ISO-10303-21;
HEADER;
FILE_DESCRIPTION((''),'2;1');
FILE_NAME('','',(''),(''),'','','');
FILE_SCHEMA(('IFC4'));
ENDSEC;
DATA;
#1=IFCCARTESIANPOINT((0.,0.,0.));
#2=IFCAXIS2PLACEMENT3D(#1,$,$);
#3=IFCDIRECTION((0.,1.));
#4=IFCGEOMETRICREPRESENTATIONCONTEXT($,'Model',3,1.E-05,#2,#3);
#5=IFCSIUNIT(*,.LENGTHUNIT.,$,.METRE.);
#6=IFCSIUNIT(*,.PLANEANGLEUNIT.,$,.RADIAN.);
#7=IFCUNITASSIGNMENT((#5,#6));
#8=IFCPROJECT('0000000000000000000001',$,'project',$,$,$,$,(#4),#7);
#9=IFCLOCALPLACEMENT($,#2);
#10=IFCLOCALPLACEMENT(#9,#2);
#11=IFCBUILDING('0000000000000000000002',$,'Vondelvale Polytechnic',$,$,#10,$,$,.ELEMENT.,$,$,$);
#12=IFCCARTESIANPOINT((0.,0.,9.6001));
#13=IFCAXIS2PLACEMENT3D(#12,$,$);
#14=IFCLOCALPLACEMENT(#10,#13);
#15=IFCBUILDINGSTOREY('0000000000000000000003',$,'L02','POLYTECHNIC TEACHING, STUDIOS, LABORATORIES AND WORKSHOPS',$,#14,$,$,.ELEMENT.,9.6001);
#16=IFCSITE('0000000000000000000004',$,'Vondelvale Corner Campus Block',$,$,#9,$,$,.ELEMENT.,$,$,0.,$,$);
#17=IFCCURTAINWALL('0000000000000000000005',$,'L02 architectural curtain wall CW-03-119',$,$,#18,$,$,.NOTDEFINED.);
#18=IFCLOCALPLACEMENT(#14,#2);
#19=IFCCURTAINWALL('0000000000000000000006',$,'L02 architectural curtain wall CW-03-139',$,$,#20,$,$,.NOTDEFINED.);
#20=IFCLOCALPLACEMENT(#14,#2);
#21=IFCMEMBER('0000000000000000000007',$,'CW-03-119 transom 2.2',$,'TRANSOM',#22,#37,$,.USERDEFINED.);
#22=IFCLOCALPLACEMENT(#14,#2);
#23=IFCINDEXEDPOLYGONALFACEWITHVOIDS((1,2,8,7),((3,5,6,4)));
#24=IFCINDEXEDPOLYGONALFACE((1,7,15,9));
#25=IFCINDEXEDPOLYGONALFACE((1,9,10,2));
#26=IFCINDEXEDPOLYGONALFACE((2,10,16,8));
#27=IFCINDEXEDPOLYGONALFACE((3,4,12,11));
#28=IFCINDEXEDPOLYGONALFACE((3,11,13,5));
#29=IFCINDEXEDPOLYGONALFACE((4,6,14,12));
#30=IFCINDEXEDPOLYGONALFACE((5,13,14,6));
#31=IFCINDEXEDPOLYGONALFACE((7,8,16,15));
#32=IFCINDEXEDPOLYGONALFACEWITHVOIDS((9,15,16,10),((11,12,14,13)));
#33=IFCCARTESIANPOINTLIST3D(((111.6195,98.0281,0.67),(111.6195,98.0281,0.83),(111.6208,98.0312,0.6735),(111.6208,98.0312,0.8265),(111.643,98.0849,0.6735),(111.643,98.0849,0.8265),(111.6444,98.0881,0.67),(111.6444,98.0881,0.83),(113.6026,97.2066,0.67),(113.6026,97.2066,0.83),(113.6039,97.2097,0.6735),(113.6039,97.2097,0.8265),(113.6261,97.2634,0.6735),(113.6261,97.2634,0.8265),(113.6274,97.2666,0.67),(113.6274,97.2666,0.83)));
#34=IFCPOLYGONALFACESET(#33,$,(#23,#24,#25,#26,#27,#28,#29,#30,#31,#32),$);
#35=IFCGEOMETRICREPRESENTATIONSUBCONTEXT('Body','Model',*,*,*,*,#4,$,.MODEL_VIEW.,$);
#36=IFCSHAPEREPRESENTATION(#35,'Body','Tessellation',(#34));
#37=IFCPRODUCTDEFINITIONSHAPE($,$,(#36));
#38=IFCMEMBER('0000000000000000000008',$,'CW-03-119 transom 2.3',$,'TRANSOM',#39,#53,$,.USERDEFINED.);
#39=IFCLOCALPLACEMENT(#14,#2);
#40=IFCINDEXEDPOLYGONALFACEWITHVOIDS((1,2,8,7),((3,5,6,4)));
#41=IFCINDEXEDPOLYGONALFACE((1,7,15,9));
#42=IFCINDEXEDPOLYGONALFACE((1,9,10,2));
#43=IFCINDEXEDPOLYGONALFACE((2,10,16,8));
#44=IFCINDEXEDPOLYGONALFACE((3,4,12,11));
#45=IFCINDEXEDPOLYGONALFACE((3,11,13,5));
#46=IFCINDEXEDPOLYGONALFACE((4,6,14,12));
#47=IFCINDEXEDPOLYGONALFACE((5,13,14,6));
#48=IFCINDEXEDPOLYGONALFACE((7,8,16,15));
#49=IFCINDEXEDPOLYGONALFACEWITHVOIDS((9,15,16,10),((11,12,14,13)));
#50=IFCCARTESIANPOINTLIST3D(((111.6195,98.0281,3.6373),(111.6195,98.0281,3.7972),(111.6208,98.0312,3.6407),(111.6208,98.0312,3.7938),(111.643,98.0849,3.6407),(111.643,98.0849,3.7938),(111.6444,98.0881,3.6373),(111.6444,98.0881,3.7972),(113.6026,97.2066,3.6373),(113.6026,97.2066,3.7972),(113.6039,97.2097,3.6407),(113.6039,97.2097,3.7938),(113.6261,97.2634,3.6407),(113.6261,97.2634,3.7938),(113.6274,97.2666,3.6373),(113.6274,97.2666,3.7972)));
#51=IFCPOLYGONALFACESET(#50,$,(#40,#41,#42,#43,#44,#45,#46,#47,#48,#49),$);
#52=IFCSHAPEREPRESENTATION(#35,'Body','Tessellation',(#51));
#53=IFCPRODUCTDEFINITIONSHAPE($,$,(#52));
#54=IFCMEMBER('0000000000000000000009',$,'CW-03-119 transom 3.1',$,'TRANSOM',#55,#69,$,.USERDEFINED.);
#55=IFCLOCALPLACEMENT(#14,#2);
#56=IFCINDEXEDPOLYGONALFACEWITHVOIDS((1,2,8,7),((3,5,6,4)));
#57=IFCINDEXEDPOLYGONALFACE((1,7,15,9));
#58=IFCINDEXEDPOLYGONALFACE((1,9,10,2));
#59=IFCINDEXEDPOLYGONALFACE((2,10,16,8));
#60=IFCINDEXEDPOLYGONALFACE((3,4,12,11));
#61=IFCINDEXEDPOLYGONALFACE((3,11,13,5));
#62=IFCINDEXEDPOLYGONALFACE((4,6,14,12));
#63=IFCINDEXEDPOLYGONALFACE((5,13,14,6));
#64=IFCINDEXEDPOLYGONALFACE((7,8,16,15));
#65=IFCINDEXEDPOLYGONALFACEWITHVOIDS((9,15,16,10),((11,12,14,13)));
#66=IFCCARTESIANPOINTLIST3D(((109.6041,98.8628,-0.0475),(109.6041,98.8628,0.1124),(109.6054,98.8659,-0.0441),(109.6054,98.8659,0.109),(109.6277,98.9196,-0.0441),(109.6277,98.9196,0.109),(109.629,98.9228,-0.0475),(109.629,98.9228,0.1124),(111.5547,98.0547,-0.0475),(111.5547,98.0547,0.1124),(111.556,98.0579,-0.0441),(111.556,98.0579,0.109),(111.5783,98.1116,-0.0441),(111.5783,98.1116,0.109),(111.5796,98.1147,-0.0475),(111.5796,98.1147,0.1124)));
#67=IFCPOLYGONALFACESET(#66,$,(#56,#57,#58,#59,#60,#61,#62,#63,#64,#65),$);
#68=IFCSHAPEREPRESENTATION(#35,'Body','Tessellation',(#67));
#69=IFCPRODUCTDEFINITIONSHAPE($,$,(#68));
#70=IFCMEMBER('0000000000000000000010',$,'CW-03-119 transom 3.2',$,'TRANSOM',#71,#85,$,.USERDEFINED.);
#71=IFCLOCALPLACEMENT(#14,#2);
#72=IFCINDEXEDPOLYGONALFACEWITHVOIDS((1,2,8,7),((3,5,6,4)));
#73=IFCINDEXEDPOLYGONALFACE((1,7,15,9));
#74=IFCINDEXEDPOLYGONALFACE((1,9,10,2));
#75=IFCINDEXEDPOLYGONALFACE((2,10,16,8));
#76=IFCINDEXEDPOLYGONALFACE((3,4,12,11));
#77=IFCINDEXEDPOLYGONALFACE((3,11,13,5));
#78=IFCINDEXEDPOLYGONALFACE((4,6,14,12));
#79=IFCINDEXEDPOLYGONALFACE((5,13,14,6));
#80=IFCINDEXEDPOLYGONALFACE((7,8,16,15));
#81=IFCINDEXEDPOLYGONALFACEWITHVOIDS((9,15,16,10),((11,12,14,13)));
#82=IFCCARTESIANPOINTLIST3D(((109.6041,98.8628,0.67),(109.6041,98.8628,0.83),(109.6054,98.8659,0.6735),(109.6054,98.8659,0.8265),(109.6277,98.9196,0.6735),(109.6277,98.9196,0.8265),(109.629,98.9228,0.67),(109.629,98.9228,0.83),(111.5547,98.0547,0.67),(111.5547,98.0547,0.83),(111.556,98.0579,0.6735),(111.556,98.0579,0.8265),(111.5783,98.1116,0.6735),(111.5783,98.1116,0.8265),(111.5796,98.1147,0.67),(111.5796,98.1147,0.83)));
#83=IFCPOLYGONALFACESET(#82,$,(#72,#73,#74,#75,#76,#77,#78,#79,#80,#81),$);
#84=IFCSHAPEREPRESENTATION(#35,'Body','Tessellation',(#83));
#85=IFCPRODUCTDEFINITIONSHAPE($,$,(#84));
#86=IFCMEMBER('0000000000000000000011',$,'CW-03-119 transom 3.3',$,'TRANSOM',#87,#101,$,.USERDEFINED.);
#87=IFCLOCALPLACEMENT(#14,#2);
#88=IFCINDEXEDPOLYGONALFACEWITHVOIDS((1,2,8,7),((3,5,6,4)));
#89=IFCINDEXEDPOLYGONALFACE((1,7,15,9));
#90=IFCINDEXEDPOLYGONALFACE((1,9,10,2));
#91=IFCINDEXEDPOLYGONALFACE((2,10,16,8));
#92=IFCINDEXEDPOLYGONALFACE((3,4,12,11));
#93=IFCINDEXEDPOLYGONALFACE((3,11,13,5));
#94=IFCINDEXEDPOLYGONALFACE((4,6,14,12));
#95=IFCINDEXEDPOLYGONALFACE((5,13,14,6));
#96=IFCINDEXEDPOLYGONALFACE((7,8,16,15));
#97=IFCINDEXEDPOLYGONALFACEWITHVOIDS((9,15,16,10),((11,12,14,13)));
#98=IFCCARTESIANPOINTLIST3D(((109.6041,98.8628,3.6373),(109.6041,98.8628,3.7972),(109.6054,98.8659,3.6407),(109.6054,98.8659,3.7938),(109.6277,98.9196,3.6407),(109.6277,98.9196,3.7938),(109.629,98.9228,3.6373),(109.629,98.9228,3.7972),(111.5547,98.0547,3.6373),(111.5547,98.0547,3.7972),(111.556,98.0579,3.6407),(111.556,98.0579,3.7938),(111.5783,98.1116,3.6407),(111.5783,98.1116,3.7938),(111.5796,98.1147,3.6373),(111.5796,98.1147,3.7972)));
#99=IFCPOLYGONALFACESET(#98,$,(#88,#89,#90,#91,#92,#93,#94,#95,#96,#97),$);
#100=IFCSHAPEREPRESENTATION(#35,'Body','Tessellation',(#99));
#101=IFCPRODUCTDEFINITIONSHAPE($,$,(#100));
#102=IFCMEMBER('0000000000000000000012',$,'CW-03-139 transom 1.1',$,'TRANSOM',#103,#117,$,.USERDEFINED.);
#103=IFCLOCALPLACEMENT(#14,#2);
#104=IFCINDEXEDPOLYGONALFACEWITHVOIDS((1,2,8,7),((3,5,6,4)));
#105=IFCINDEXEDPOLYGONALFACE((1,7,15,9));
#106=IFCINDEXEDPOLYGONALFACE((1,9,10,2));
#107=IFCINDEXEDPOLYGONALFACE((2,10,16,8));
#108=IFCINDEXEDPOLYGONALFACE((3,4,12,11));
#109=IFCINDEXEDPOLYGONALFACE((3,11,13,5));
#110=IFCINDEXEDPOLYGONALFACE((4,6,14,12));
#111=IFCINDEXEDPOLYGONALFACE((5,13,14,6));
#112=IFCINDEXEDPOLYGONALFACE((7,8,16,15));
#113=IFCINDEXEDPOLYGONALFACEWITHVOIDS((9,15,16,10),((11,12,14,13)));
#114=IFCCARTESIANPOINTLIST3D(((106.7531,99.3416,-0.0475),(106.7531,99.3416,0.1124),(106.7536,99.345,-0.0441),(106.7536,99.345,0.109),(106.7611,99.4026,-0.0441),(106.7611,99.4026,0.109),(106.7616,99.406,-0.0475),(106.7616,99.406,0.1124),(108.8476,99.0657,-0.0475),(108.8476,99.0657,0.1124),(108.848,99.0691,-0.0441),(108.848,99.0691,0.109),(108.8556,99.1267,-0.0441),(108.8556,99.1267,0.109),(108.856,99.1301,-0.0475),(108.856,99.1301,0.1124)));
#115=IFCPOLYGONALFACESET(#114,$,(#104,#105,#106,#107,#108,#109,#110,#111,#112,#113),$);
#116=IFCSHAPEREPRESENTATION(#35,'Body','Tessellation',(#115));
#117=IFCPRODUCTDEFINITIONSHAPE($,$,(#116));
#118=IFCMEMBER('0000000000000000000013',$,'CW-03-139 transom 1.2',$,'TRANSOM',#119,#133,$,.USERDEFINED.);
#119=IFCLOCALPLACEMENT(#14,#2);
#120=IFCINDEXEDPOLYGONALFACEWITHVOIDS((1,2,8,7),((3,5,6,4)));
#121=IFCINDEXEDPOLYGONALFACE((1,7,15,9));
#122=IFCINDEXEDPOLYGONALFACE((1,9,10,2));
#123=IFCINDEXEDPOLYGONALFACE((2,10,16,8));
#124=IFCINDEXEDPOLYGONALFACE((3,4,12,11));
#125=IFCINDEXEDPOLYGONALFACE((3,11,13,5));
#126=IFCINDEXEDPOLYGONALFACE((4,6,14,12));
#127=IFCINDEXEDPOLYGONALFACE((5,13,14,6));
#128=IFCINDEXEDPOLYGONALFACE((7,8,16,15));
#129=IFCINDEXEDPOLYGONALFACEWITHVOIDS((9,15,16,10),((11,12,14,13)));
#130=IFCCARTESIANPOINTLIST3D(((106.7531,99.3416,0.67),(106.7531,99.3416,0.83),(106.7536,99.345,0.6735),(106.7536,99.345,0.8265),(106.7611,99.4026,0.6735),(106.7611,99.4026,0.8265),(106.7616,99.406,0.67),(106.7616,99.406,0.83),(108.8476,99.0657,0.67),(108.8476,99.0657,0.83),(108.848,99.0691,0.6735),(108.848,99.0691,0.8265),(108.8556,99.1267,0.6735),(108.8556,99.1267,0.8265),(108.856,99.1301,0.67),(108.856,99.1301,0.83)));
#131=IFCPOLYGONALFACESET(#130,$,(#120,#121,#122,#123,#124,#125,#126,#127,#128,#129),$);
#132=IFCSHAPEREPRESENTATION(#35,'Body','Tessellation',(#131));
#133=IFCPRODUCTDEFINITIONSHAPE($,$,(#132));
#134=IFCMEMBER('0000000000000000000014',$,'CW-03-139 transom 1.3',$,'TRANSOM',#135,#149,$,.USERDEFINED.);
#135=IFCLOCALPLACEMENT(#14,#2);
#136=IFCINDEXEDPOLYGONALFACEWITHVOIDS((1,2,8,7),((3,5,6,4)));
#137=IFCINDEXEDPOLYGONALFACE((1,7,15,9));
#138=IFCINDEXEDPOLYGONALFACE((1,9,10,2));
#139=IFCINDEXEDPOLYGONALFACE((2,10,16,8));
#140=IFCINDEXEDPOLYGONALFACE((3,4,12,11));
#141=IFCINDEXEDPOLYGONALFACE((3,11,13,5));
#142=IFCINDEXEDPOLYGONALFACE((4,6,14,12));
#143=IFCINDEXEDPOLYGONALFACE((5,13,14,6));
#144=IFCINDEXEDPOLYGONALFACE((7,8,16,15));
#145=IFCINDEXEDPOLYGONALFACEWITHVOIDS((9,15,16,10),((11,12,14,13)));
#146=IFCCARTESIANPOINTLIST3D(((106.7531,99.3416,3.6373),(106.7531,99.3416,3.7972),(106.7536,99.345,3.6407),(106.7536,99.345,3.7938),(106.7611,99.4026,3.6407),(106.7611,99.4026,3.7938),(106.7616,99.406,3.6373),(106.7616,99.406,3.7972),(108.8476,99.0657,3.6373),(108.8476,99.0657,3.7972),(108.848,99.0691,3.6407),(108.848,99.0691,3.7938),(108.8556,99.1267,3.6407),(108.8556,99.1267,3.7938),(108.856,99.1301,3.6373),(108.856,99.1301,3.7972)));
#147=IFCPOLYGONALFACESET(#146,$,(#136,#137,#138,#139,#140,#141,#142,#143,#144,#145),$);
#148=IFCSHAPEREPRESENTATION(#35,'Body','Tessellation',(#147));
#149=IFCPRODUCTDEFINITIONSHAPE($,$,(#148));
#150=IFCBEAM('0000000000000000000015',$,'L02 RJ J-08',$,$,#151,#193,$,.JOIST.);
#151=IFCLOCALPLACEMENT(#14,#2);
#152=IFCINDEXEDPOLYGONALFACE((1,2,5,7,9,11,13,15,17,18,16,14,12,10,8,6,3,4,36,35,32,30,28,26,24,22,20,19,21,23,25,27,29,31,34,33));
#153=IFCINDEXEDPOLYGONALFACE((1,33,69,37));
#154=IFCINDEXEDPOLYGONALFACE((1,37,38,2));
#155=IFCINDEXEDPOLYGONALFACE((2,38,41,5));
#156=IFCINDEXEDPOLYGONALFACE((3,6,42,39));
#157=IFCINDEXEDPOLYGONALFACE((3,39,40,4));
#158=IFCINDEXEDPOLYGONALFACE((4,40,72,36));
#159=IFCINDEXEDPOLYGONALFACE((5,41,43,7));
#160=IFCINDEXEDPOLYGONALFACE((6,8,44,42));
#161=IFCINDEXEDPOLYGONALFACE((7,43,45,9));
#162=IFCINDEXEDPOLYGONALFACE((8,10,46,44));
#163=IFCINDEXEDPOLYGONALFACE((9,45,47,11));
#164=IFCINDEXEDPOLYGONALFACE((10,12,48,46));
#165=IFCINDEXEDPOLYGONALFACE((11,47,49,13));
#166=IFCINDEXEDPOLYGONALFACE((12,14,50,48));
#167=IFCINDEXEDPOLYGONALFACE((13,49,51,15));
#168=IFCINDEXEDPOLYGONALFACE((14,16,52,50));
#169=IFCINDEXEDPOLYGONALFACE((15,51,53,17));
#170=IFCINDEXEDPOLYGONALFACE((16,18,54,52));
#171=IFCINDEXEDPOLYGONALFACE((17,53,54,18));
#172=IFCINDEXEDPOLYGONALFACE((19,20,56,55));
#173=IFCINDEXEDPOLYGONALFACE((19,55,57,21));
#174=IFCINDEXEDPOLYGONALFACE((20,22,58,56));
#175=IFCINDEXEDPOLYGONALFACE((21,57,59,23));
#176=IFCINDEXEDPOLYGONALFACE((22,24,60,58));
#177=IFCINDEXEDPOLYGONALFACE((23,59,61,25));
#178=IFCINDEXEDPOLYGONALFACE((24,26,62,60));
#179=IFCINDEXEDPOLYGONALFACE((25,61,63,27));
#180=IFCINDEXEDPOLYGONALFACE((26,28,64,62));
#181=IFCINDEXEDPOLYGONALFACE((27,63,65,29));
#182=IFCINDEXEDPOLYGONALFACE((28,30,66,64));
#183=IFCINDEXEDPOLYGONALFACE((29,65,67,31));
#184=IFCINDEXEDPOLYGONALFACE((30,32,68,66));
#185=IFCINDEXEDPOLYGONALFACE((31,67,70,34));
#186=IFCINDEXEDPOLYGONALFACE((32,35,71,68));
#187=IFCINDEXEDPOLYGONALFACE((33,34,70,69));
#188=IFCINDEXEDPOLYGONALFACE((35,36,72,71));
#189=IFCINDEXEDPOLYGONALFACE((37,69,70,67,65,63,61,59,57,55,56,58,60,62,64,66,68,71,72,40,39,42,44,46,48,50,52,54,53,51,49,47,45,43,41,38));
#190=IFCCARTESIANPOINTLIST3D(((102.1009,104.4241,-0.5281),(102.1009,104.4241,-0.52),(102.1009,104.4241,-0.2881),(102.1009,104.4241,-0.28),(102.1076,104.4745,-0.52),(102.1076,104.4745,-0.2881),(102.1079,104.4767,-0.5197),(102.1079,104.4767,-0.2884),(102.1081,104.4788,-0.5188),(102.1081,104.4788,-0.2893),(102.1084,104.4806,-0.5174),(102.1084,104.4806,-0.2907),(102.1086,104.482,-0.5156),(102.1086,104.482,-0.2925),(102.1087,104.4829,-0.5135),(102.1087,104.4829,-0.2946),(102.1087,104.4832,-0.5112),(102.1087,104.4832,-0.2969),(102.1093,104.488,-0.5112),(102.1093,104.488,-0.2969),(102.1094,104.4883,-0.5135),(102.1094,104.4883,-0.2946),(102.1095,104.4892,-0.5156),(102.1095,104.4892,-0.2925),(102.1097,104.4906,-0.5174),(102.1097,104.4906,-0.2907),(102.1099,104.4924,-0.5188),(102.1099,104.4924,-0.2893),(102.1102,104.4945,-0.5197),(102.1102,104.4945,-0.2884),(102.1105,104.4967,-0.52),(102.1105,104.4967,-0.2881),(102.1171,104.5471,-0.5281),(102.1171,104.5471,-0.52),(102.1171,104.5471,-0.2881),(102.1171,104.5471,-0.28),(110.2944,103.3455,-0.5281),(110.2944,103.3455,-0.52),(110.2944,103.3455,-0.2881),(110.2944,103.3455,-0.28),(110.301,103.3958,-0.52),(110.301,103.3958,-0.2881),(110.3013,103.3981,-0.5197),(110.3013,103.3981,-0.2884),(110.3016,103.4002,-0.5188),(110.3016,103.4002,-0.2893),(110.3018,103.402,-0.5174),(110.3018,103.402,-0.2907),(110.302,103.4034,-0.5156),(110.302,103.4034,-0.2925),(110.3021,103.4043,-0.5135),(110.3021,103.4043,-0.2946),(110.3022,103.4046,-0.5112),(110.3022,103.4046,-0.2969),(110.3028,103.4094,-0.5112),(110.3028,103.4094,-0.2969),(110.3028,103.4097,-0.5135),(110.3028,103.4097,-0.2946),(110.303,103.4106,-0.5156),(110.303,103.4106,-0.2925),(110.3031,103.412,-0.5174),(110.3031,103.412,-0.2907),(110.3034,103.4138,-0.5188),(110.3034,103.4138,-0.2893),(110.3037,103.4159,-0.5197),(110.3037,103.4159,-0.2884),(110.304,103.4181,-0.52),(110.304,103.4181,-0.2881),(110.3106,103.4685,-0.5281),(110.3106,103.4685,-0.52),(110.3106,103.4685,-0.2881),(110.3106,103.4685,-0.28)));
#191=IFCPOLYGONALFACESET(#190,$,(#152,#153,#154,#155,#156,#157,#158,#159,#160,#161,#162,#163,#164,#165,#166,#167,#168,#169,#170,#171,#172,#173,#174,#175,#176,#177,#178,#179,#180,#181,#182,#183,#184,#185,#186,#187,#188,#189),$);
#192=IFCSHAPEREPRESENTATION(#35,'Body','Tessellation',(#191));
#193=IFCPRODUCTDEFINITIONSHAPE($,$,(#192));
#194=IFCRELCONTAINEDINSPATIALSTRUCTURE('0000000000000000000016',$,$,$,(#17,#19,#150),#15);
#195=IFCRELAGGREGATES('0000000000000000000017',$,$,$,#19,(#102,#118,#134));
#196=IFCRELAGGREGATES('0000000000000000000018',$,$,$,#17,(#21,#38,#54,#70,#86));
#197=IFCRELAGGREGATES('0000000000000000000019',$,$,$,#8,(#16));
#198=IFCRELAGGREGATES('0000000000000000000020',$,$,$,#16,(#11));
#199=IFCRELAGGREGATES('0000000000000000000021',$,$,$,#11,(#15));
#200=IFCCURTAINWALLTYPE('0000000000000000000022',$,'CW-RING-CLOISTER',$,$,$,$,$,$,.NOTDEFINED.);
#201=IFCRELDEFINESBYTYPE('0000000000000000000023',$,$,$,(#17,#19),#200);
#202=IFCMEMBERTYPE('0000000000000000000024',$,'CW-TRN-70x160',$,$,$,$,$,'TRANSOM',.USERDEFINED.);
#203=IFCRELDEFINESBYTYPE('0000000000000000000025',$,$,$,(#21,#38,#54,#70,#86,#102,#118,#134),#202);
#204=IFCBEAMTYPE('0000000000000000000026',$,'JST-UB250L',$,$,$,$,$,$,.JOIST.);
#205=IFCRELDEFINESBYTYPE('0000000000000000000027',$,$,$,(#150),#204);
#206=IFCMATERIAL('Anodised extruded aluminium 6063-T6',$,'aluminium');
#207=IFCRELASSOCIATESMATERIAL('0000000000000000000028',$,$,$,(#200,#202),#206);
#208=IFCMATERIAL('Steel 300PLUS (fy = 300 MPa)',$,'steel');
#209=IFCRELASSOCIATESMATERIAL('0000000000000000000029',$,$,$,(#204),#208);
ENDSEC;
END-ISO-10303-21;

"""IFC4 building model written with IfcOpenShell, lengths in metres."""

from ifc_helpers import new_model, si_unit, direction, frame, origin, origin_2d, place, context, subcontext, project, spatial, hollow_rectangle, i_section, extrude, material, material_profile, profile_set, type_object, element, aggregate, save


model = new_model("IFC4")

# Units and contexts
model_context = context("Model", 3, precision=1e-05, world=origin(), true_north=direction((0.0, 1.0)))
body_context = subcontext(model_context, "Body", "Model", "MODEL_VIEW")
ifc_project = project(units=[si_unit("LENGTHUNIT", "METRE"), si_unit("PLANEANGLEUNIT", "RADIAN")], contexts=[model_context])

# Site, building, storey
site_placement = place(None, origin())
site = spatial("IfcSite", under=ifc_project, at=site_placement, Name="Vondelvale Corner Campus Block", CompositionType="ELEMENT", RefElevation=0.0)
building_placement = place(site_placement, origin())
building = spatial("IfcBuilding", under=site, at=building_placement, Name="Vondelvale Polytechnic", CompositionType="ELEMENT")
storey_placement = place(building_placement, frame((0.0, 0.0, 9.6001)))
storey = spatial("IfcBuildingStorey", under=building, at=storey_placement, Name="L02", Description="POLYTECHNIC TEACHING, STUDIOS, LABORATORIES AND WORKSHOPS", CompositionType="ELEMENT", Elevation=9.6001)

# Shared definitions
ifc_material_1 = material(Name="Steel 300PLUS (fy = 300 MPa)", Category="steel")

# Curtain wall
ifc_material_2 = material(Name="Anodised extruded aluminium 6063-T6", Category="aluminium")
curtain_wall_type = type_object("IfcCurtainWallType", Name="CW-RING-CLOISTER", PredefinedType="NOTDEFINED", material=ifc_material_2)
curtain_wall_1_placement = place(storey_placement, origin())
curtain_wall_1 = element("IfcCurtainWall", 1, at=curtain_wall_1_placement, inside=storey, type_object=curtain_wall_type, Name="L02 architectural curtain wall CW-03-119", PredefinedType="NOTDEFINED")

# Curtain wall
curtain_wall_2_placement = place(storey_placement, origin())
curtain_wall_2 = element("IfcCurtainWall", 2, at=curtain_wall_2_placement, inside=storey, type_object=curtain_wall_type, Name="L02 architectural curtain wall CW-03-139", PredefinedType="NOTDEFINED")

# Members
ifc_material_profile_1 = material_profile(ifc_material_2, hollow_rectangle(XDim=0.0649, YDim=0.1599, WallThickness=0.0034, at=origin_2d()), Name="CW-TRN-160x65")
ifc_profile_set_1 = profile_set([ifc_material_profile_1], Name="Anodised extruded aluminium 6063-T6")
member_type_1 = type_object("IfcMemberType", Name="CW-TRN-70x160", ElementType="TRANSOM", PredefinedType="USERDEFINED", material=ifc_profile_set_1)
member_1_placement = place(storey_placement, frame((113.615, 97.2366, 0.75), z_axis=(-0.923866, 0.382717, 0.0), x_axis=(-0.382717, -0.923866, 0.0)))
member_1 = element("IfcMember", 3, at=member_1_placement, type_object=member_type_1, Name="CW-03-119 transom 2.2", ObjectType="TRANSOM", PredefinedType="USERDEFINED", context=body_context, shape_type="SweptSolid", body=[
    extrude(hollow_rectangle(XDim=0.0649, YDim=0.1599, WallThickness=0.0034, at=origin_2d()), origin(), (0.0, 0.0, 1.0), 2.1465),
])
member_2_placement = place(storey_placement, frame((113.615, 97.2366, 3.7173), z_axis=(-0.923866, 0.382717, 0.0), x_axis=(-0.382717, -0.923866, 0.0)))
member_2 = element("IfcMember", 4, at=member_2_placement, type_object=member_type_1, Name="CW-03-119 transom 2.3", ObjectType="TRANSOM", PredefinedType="USERDEFINED", context=body_context, shape_type="SweptSolid", body=[
    extrude(hollow_rectangle(XDim=0.0649, YDim=0.1599, WallThickness=0.0034, at=origin_2d()), origin(), (0.0, 0.0, 1.0), 2.1465),
])
member_3_placement = place(storey_placement, frame((111.5671, 98.0847, 0.0325), z_axis=(-0.923862, 0.382726, 0.0), x_axis=(-0.382726, -0.923862, 0.0)))
member_3 = element("IfcMember", 5, at=member_3_placement, type_object=member_type_1, Name="CW-03-119 transom 3.1", ObjectType="TRANSOM", PredefinedType="USERDEFINED", context=body_context, shape_type="SweptSolid", body=[
    extrude(hollow_rectangle(XDim=0.0649, YDim=0.1599, WallThickness=0.0034, at=origin_2d()), origin(), (0.0, 0.0, 1.0), 2.1113),
])
member_4_placement = place(storey_placement, frame((111.5671, 98.0847, 0.75), z_axis=(-0.923862, 0.382726, 0.0), x_axis=(-0.382726, -0.923862, 0.0)))
member_4 = element("IfcMember", 6, at=member_4_placement, type_object=member_type_1, Name="CW-03-119 transom 3.2", ObjectType="TRANSOM", PredefinedType="USERDEFINED", context=body_context, shape_type="SweptSolid", body=[
    extrude(hollow_rectangle(XDim=0.0649, YDim=0.1599, WallThickness=0.0034, at=origin_2d()), origin(), (0.0, 0.0, 1.0), 2.1113),
])
member_5_placement = place(storey_placement, frame((111.5671, 98.0847, 3.7173), z_axis=(-0.923862, 0.382726, 0.0), x_axis=(-0.382726, -0.923862, 0.0)))
member_5 = element("IfcMember", 7, at=member_5_placement, type_object=member_type_1, Name="CW-03-119 transom 3.3", ObjectType="TRANSOM", PredefinedType="USERDEFINED", context=body_context, shape_type="SweptSolid", body=[
    extrude(hollow_rectangle(XDim=0.0649, YDim=0.1599, WallThickness=0.0034, at=origin_2d()), origin(), (0.0, 0.0, 1.0), 2.1113),
])
member_6_placement = place(storey_placement, frame((108.8518, 99.0979, 0.0325), z_axis=(-0.991437, 0.130589, 0.0), x_axis=(-0.130589, -0.991437, 0.0)))
member_6 = element("IfcMember", 8, at=member_6_placement, type_object=member_type_1, Name="CW-03-139 transom 1.1", ObjectType="TRANSOM", PredefinedType="USERDEFINED", context=body_context, shape_type="SweptSolid", body=[
    extrude(hollow_rectangle(XDim=0.0649, YDim=0.1599, WallThickness=0.0034, at=origin_2d()), origin(), (0.0, 0.0, 1.0), 2.1125),
])
member_7_placement = place(storey_placement, frame((108.8518, 99.0979, 0.75), z_axis=(-0.991437, 0.130589, 0.0), x_axis=(-0.130589, -0.991437, 0.0)))
member_7 = element("IfcMember", 9, at=member_7_placement, type_object=member_type_1, Name="CW-03-139 transom 1.2", ObjectType="TRANSOM", PredefinedType="USERDEFINED", context=body_context, shape_type="SweptSolid", body=[
    extrude(hollow_rectangle(XDim=0.0649, YDim=0.1599, WallThickness=0.0034, at=origin_2d()), origin(), (0.0, 0.0, 1.0), 2.1125),
])
member_8_placement = place(storey_placement, frame((108.8518, 99.0979, 3.7173), z_axis=(-0.991437, 0.130589, 0.0), x_axis=(-0.130589, -0.991437, 0.0)))
member_8 = element("IfcMember", 10, at=member_8_placement, type_object=member_type_1, Name="CW-03-139 transom 1.3", ObjectType="TRANSOM", PredefinedType="USERDEFINED", context=body_context, shape_type="SweptSolid", body=[
    extrude(hollow_rectangle(XDim=0.0649, YDim=0.1599, WallThickness=0.0034, at=origin_2d()), origin(), (0.0, 0.0, 1.0), 2.1125),
])
aggregate(curtain_wall_2, [member_6, member_7, member_8])

# Beam
ifc_material_profile_2 = material_profile(ifc_material_1, i_section(OverallWidth=0.124, OverallDepth=0.248, WebThickness=0.0049, FlangeThickness=0.0081, FilletRadius=0.0088, at=origin_2d()), Name="250UB25.7")
ifc_profile_set_2 = profile_set([ifc_material_profile_2], Name="Steel 300PLUS (fy = 300 MPa)")
beam_type_1 = type_object("IfcBeamType", Name="JST-UB250L", PredefinedType="JOIST", material=ifc_profile_set_2)
beam_1_placement = place(storey_placement, frame((110.3025, 103.407, -0.4041), z_axis=(-0.991446, 0.130519, 0.0), x_axis=(-0.130519, -0.991446, 0.0)))
element("IfcBeam", 11, at=beam_1_placement, inside=storey, type_object=beam_type_1, Name="L02 RJ J-08", PredefinedType="JOIST", context=body_context, shape_type="SweptSolid", body=[
    extrude(i_section(OverallWidth=0.124, OverallDepth=0.248, WebThickness=0.0049, FlangeThickness=0.0081, FilletRadius=0.0088, at=origin_2d()), origin(), (0.0, 0.0, 1.0), 8.2642),
])

aggregate(curtain_wall_1, [member_1, member_2, member_3, member_4, member_5])

save(model, "model.ifc")
